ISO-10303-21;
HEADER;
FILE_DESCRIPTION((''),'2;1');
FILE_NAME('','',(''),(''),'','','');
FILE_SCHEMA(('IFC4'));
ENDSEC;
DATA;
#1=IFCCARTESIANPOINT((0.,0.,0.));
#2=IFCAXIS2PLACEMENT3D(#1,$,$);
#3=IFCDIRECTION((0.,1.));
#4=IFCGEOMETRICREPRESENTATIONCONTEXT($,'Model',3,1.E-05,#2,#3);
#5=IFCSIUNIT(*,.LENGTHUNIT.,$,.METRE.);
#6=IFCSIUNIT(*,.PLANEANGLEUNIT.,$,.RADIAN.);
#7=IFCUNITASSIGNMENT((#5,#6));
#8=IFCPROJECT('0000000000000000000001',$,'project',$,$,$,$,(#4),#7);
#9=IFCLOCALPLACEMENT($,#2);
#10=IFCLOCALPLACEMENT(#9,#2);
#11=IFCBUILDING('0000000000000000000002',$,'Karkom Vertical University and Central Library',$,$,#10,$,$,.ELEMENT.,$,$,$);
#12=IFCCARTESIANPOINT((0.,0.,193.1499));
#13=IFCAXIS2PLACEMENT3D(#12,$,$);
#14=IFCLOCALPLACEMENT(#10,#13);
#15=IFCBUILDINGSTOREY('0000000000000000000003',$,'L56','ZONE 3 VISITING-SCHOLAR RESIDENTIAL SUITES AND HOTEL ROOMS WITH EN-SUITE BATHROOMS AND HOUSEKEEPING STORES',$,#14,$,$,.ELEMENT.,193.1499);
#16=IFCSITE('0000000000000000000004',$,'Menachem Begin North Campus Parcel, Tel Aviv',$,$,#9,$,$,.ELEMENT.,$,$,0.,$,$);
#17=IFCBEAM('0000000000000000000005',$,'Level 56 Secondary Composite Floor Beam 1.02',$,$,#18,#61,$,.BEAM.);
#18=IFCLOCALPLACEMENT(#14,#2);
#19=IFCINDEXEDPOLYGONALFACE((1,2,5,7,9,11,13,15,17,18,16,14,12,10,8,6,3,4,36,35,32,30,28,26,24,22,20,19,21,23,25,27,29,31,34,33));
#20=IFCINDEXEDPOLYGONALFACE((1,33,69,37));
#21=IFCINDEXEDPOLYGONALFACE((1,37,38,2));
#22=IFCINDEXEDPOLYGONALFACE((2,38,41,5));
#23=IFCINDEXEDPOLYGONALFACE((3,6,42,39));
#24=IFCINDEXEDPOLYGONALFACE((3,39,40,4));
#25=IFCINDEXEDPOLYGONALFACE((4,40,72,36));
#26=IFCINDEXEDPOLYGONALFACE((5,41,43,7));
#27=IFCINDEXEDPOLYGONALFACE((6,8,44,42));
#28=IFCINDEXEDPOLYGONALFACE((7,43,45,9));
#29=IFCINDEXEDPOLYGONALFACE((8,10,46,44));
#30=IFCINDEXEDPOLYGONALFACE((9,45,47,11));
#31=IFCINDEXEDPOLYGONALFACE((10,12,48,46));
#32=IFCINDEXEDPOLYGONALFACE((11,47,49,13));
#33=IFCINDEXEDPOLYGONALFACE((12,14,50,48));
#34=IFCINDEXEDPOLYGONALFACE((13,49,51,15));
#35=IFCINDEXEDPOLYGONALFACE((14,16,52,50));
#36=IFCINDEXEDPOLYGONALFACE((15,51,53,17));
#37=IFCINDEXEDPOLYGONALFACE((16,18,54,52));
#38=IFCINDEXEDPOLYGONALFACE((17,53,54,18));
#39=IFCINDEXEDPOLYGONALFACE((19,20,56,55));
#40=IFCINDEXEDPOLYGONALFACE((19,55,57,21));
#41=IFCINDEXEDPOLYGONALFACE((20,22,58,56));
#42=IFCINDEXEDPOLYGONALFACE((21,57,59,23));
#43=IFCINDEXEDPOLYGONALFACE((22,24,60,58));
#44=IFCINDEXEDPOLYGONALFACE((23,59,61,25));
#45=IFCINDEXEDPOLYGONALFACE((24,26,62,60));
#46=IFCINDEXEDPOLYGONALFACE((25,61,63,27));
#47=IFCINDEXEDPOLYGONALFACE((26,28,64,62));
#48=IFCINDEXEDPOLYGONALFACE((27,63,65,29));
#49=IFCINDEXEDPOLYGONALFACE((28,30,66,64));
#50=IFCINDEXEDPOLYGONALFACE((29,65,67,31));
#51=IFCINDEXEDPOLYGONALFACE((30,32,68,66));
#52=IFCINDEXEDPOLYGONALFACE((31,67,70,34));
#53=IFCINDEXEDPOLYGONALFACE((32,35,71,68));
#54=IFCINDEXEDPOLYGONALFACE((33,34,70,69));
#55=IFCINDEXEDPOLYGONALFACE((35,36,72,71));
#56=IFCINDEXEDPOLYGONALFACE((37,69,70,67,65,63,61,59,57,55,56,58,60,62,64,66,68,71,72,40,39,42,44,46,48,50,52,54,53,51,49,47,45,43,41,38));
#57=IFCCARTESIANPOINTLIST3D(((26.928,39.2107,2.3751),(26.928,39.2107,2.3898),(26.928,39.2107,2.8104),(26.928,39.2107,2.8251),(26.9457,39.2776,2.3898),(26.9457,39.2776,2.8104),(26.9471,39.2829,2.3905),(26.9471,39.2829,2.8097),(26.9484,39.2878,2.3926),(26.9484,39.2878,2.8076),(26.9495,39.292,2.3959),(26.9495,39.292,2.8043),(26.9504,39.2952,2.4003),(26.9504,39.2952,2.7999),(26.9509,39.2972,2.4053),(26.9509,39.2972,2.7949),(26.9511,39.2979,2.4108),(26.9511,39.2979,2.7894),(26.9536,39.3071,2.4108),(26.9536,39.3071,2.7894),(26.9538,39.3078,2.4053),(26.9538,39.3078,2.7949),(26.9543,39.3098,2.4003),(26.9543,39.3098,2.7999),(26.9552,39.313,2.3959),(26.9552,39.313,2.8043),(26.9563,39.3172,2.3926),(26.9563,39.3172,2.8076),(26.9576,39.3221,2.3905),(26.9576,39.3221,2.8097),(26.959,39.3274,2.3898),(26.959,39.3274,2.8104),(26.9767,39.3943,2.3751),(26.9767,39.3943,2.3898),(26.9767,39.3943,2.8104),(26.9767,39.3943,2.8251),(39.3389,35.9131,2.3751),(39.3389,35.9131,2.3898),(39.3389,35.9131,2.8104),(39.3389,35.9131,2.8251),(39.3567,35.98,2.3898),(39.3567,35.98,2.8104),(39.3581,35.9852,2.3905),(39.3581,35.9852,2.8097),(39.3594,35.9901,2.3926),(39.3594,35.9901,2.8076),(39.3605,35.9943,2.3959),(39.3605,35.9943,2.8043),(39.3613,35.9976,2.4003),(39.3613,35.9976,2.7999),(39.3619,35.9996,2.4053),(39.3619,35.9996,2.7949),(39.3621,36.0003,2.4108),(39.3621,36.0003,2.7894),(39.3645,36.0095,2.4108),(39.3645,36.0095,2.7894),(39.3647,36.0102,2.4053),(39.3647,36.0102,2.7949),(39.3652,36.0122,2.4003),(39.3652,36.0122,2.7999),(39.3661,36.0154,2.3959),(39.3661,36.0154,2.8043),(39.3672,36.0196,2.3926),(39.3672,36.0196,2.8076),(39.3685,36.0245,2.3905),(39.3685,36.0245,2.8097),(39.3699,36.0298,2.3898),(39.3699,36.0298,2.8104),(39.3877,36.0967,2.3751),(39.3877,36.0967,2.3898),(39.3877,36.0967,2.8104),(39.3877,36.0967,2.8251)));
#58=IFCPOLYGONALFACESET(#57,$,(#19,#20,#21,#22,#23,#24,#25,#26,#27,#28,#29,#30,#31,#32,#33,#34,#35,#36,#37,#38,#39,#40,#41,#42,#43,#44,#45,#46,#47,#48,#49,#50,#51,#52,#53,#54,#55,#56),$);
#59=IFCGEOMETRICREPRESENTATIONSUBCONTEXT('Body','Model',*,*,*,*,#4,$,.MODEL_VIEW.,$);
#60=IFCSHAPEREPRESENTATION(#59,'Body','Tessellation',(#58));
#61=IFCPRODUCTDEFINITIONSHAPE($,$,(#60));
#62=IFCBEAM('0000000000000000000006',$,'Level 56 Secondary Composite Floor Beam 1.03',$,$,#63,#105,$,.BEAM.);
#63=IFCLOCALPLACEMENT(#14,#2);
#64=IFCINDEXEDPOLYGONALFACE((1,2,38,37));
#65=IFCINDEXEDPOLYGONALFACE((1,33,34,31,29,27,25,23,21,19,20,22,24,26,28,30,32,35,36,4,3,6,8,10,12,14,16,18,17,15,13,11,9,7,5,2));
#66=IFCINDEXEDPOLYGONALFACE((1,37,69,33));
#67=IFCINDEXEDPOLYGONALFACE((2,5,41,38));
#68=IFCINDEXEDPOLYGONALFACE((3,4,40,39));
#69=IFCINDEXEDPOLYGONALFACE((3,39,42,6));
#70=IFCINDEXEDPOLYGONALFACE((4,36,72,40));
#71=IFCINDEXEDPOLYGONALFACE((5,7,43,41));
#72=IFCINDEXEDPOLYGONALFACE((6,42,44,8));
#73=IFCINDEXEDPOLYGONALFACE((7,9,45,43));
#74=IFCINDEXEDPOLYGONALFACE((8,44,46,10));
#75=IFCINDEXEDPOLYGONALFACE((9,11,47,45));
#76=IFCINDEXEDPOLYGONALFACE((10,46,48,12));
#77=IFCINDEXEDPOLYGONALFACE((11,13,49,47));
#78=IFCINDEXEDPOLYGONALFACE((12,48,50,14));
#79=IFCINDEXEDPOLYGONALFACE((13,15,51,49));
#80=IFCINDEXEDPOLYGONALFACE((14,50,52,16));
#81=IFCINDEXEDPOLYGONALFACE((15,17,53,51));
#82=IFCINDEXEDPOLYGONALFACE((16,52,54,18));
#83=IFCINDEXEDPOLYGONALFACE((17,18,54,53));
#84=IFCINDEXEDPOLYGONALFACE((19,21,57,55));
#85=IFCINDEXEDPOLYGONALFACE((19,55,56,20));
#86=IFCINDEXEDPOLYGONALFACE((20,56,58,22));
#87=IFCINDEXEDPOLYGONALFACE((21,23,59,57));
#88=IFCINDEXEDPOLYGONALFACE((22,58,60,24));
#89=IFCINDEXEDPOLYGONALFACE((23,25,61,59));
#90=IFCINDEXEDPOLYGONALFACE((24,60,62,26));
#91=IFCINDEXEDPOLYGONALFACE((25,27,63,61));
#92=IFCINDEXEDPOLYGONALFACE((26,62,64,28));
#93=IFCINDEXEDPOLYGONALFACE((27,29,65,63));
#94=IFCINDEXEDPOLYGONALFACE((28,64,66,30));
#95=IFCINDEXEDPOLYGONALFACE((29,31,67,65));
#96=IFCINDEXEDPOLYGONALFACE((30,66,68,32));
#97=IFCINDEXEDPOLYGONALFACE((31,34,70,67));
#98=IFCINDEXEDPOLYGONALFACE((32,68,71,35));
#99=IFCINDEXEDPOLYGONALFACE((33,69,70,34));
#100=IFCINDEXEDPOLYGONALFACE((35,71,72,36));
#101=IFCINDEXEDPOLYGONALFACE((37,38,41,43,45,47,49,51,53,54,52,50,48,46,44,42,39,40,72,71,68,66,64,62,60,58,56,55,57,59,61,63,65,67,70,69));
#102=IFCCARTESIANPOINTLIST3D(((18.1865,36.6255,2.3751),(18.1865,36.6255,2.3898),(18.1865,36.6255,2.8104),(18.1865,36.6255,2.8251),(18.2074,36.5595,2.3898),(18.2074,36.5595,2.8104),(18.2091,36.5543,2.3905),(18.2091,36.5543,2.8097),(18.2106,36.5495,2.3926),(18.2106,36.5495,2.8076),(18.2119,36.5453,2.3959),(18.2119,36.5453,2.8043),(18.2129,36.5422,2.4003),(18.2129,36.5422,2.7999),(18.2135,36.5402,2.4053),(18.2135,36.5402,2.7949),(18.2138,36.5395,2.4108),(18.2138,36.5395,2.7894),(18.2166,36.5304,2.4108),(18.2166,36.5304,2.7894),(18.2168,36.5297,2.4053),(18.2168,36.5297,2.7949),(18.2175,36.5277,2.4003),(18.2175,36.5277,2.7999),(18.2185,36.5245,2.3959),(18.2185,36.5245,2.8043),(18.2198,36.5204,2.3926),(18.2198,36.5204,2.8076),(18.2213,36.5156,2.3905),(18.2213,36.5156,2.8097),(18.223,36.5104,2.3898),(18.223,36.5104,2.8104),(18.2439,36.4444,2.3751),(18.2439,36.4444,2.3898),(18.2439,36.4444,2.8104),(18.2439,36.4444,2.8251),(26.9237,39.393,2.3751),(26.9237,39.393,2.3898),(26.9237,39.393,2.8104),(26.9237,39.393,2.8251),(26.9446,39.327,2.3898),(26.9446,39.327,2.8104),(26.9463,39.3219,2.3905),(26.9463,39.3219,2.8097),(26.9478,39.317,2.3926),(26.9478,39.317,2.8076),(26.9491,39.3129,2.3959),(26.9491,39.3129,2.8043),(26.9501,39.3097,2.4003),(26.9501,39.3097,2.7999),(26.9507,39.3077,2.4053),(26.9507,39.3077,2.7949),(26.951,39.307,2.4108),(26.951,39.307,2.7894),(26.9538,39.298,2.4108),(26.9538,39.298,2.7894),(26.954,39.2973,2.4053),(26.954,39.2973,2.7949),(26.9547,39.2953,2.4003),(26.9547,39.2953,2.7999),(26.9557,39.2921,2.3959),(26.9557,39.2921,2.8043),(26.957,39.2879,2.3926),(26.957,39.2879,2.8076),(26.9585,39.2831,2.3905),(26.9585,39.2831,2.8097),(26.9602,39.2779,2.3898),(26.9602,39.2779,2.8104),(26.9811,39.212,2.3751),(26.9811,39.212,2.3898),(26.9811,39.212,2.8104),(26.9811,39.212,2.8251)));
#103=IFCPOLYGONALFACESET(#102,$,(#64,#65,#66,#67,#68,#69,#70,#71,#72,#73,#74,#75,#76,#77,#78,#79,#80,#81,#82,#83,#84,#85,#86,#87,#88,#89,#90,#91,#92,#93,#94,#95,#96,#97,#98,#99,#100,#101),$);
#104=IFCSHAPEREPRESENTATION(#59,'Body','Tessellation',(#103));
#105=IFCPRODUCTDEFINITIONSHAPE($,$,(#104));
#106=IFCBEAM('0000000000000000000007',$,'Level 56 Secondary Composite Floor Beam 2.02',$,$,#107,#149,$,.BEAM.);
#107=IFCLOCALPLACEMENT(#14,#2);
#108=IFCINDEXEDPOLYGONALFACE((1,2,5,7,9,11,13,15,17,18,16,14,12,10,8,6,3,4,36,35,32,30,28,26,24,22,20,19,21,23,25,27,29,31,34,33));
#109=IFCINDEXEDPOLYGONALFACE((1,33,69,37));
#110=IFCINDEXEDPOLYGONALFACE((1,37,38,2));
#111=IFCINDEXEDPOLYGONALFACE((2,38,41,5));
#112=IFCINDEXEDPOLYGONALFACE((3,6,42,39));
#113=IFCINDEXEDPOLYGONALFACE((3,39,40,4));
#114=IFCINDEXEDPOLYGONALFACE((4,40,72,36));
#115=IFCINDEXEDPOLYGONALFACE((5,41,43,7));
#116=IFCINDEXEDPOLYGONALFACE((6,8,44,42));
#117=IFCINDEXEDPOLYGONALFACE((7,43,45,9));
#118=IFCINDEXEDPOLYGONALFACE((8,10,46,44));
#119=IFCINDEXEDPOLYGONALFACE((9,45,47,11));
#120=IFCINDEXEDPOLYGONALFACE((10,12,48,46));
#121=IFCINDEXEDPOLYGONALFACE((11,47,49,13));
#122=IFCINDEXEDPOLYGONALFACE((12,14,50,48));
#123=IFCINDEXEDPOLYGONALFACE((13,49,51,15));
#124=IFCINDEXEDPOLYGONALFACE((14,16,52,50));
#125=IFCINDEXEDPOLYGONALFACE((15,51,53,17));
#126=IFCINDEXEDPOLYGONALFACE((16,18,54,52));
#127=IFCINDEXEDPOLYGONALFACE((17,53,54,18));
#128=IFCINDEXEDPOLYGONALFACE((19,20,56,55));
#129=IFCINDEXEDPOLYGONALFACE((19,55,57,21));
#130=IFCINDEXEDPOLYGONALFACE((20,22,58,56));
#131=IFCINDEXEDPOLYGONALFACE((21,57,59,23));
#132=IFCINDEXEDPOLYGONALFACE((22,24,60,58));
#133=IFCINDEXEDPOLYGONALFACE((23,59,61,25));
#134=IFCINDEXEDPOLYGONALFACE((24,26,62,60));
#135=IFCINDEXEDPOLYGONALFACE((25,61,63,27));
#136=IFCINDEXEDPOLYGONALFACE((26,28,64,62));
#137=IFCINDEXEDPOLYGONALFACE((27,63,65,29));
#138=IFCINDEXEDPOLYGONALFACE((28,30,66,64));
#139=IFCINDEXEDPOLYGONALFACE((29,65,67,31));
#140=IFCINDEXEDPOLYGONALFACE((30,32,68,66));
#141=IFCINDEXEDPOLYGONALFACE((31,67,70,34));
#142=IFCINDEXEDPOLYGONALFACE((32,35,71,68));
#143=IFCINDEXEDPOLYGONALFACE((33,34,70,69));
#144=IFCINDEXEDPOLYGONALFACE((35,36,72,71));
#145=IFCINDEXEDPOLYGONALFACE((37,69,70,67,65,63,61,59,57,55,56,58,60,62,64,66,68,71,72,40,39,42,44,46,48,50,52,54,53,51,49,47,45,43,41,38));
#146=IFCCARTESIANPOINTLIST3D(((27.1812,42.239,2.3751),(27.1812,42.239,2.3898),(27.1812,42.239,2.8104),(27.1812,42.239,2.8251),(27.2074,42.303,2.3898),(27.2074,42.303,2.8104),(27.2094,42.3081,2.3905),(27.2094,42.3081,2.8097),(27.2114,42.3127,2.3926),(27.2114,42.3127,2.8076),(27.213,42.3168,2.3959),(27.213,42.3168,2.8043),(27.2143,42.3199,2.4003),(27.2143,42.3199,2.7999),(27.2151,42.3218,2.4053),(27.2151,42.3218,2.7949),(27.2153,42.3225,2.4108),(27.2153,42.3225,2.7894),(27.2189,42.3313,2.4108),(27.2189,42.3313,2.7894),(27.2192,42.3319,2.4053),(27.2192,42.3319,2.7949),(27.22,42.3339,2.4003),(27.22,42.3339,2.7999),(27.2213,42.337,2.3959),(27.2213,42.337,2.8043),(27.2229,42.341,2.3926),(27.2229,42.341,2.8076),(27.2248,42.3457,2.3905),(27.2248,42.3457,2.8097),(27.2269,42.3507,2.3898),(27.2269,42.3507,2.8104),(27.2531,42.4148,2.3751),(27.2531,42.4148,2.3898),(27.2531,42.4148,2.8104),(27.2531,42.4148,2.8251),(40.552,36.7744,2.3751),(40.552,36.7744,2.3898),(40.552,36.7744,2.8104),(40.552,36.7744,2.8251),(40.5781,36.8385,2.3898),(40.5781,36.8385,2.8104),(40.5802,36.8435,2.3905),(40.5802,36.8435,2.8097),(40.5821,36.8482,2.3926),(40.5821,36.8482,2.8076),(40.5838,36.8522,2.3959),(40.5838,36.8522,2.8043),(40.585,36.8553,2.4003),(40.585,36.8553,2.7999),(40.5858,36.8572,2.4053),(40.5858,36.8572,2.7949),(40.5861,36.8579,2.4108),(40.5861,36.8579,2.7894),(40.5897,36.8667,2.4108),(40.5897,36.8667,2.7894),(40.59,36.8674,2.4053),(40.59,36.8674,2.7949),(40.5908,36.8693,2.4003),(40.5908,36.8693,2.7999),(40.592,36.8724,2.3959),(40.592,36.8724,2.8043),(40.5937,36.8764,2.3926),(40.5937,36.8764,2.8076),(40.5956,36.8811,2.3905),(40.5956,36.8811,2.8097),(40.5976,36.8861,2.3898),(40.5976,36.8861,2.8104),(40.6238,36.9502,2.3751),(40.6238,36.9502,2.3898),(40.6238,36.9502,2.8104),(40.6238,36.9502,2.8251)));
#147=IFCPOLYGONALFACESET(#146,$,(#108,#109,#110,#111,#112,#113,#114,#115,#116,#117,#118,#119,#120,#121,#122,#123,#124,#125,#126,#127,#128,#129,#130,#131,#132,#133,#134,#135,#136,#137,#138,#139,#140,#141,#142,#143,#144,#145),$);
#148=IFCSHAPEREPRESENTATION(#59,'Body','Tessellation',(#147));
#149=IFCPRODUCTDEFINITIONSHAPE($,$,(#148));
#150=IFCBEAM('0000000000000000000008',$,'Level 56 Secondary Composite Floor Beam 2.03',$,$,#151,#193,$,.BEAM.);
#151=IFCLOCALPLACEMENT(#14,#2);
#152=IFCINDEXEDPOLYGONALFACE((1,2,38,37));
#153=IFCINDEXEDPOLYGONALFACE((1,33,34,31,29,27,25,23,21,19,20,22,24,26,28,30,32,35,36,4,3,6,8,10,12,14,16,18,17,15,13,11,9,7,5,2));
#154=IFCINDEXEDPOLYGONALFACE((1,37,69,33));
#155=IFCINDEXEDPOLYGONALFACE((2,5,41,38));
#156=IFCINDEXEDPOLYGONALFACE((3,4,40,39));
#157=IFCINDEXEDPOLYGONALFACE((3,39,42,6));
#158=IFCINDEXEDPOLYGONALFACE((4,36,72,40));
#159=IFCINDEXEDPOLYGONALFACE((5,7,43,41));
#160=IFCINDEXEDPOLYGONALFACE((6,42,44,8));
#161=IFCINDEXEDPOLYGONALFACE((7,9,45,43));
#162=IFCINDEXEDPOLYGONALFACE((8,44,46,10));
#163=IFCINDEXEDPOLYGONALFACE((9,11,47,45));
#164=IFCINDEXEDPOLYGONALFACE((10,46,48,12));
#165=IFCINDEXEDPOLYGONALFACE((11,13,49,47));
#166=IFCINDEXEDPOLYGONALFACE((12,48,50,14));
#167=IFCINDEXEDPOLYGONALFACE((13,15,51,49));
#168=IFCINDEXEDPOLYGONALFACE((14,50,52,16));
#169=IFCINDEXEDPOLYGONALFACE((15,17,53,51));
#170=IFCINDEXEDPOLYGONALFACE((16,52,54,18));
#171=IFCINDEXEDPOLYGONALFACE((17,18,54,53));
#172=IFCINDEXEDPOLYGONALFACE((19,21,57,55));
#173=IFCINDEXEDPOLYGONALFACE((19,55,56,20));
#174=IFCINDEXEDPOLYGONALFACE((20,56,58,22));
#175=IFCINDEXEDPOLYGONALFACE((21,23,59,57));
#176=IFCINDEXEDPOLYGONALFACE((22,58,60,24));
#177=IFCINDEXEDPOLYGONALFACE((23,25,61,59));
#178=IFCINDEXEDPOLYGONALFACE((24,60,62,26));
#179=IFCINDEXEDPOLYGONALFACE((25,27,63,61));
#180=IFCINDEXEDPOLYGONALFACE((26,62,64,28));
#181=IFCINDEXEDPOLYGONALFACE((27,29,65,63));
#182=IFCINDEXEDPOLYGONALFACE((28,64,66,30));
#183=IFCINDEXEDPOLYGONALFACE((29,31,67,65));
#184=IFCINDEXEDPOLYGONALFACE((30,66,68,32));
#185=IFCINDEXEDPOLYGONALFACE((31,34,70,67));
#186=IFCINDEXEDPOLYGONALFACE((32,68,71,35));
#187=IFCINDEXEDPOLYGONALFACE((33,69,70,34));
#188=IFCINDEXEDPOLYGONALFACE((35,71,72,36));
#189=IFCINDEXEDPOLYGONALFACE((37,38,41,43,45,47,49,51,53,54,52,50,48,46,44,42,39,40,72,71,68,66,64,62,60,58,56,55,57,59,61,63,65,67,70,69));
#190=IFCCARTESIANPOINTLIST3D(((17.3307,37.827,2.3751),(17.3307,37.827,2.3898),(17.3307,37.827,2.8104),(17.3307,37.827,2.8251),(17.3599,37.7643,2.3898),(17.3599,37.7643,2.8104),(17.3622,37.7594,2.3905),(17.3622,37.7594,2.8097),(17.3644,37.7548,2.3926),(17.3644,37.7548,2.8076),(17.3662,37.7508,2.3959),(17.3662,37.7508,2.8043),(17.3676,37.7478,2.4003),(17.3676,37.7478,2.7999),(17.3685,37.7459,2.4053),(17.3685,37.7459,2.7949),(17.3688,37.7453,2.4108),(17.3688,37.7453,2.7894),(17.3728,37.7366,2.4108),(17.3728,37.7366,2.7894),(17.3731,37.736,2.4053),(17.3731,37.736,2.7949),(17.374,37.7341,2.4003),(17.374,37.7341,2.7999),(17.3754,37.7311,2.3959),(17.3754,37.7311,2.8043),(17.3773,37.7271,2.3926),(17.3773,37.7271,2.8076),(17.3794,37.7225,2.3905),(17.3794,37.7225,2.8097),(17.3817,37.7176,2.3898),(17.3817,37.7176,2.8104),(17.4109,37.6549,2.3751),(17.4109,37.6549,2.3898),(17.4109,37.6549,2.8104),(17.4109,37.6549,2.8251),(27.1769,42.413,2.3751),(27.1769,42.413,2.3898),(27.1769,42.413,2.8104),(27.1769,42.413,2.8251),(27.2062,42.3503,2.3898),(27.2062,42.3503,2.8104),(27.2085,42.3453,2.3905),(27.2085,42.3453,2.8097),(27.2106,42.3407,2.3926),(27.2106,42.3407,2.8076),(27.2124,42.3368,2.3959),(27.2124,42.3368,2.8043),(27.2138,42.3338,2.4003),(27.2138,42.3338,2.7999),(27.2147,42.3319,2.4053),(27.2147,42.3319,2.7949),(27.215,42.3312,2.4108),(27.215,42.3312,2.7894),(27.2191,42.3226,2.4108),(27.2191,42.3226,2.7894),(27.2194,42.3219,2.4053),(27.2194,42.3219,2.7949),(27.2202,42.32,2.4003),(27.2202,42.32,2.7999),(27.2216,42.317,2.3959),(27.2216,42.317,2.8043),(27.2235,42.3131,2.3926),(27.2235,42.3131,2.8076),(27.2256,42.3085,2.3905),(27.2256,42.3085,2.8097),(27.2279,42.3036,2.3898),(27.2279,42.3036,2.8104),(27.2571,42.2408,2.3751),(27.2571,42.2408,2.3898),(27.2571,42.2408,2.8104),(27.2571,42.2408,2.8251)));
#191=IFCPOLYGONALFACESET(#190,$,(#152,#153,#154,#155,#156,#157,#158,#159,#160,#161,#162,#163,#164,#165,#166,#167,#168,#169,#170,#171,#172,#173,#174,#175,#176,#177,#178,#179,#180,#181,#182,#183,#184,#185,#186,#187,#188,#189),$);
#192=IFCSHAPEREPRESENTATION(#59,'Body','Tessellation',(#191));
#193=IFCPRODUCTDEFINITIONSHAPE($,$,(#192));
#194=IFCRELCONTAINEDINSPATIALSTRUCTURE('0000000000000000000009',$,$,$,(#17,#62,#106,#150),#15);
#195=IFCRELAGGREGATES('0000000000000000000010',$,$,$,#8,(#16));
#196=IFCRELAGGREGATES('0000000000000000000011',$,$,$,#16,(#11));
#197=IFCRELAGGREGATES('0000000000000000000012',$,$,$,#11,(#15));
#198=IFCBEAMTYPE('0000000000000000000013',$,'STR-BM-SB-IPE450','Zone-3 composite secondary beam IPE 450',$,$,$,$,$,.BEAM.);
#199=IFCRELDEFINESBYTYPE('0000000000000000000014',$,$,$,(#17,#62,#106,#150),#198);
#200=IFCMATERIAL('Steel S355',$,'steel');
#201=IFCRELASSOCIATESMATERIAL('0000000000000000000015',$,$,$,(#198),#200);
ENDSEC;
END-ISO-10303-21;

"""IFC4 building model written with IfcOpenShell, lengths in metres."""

from ifc_helpers import new_model, si_unit, direction, frame, origin, origin_with_axes, origin_2d, place, context, subcontext, project, spatial, i_section, extrude, source, transform, mapped, material, material_profile, profile_set, type_object, element, save


model = new_model("IFC4")

# Units and contexts
model_context = context("Model", 3, precision=1e-05, world=origin(), true_north=direction((0.0, 1.0)))
body_context = subcontext(model_context, "Body", "Model", "MODEL_VIEW")
ifc_project = project(units=[si_unit("LENGTHUNIT", "METRE"), si_unit("PLANEANGLEUNIT", "RADIAN")], contexts=[model_context])

# Site, building, storey
site_placement = place(None, origin())
site = spatial("IfcSite", under=ifc_project, at=site_placement, Name="Menachem Begin North Campus Parcel, Tel Aviv", CompositionType="ELEMENT", RefElevation=0.0)
building_placement = place(site_placement, origin())
building = spatial("IfcBuilding", under=site, at=building_placement, Name="Karkom Vertical University and Central Library", CompositionType="ELEMENT")
storey_placement = place(building_placement, frame((0.0, 0.0, 193.1499)))
storey = spatial("IfcBuildingStorey", under=building, at=storey_placement, Name="L56", Description="ZONE 3 VISITING-SCHOLAR RESIDENTIAL SUITES AND HOTEL ROOMS WITH EN-SUITE BATHROOMS AND HOUSEKEEPING STORES", CompositionType="ELEMENT", Elevation=193.1499)

# Beams
ifc_material_1 = material(Name="Steel S355", Category="steel")
ifc_material_profile_1 = material_profile(ifc_material_1, i_section(OverallWidth=0.1899, OverallDepth=0.45, WebThickness=0.0095, FlangeThickness=0.0146, FilletRadius=0.021, at=origin_2d()), Name="IPE 450")
ifc_profile_set_1 = profile_set([ifc_material_profile_1], Name="Steel S355")
beam_type_1 = type_object("IfcBeamType", Name="STR-BM-SB-IPE450", Description="Zone-3 composite secondary beam IPE 450", PredefinedType="BEAM", material=ifc_profile_set_1)
shared_shape_1 = source(origin_with_axes(), body_context, "Body", "SweptSolid", [
    extrude(i_section(OverallWidth=0.1899, OverallDepth=0.45, WebThickness=0.0095, FlangeThickness=0.0146, FilletRadius=0.021, at=origin_2d()), origin(), (0.0, 0.0, 1.0), 12.8416),
])
beam_1_placement = place(storey_placement, frame((39.3633, 36.0049, 2.6001), z_axis=(-0.966466, 0.256793, 0.0), x_axis=(-0.256793, -0.966466, 0.0)))
element("IfcBeam", 1, at=beam_1_placement, inside=storey, type_object=beam_type_1, Name="Level 56 Secondary Composite Floor Beam 1.02", PredefinedType="BEAM", context=body_context, shape_type="MappedRepresentation", body=[
    mapped(shared_shape_1, transform((0.0, 0.0, 0.0), scale=1.0)),
])
shared_shape_2 = source(origin_with_axes(), body_context, "Body", "SweptSolid", [
    extrude(i_section(OverallWidth=0.1899, OverallDepth=0.45, WebThickness=0.0095, FlangeThickness=0.0146, FilletRadius=0.021, at=origin_2d()), origin(), (0.0, 0.0, 1.0), 9.165),
])
beam_2_placement = place(storey_placement, frame((26.9524, 39.3025, 2.6001), z_axis=(-0.953318, -0.301968, 0.0), x_axis=(0.301968, -0.953318, 0.0)))
element("IfcBeam", 2, at=beam_2_placement, inside=storey, type_object=beam_type_1, Name="Level 56 Secondary Composite Floor Beam 1.03", PredefinedType="BEAM", context=body_context, shape_type="MappedRepresentation", body=[
    mapped(shared_shape_2, transform((0.0, 0.0, 0.0), scale=1.0)),
])
shared_shape_3 = source(origin_with_axes(), body_context, "Body", "SweptSolid", [
    extrude(i_section(OverallWidth=0.1899, OverallDepth=0.45, WebThickness=0.0095, FlangeThickness=0.0146, FilletRadius=0.021, at=origin_2d()), origin(), (0.0, 0.0, 1.0), 14.4443),
])
beam_3_placement = place(storey_placement, frame((40.5879, 36.8623, 2.6001), z_axis=(-0.925675, 0.378319, 0.0), x_axis=(-0.378319, -0.925675, 0.0)))
element("IfcBeam", 3, at=beam_3_placement, inside=storey, type_object=beam_type_1, Name="Level 56 Secondary Composite Floor Beam 2.02", PredefinedType="BEAM", context=body_context, shape_type="MappedRepresentation", body=[
    mapped(shared_shape_3, transform((0.0, 0.0, 0.0), scale=1.0)),
])
shared_shape_4 = source(origin_with_axes(), body_context, "Body", "SweptSolid", [
    extrude(i_section(OverallWidth=0.1899, OverallDepth=0.45, WebThickness=0.0095, FlangeThickness=0.0146, FilletRadius=0.021, at=origin_2d()), origin(), (0.0, 0.0, 1.0), 10.8618),
])
beam_4_placement = place(storey_placement, frame((27.217, 42.3269, 2.6001), z_axis=(-0.906499, -0.422209, 0.0), x_axis=(0.422209, -0.906499, 0.0)))
element("IfcBeam", 4, at=beam_4_placement, inside=storey, type_object=beam_type_1, Name="Level 56 Secondary Composite Floor Beam 2.03", PredefinedType="BEAM", context=body_context, shape_type="MappedRepresentation", body=[
    mapped(shared_shape_4, transform((0.0, 0.0, 0.0), scale=1.0)),
])

save(model, "model.ifc")
